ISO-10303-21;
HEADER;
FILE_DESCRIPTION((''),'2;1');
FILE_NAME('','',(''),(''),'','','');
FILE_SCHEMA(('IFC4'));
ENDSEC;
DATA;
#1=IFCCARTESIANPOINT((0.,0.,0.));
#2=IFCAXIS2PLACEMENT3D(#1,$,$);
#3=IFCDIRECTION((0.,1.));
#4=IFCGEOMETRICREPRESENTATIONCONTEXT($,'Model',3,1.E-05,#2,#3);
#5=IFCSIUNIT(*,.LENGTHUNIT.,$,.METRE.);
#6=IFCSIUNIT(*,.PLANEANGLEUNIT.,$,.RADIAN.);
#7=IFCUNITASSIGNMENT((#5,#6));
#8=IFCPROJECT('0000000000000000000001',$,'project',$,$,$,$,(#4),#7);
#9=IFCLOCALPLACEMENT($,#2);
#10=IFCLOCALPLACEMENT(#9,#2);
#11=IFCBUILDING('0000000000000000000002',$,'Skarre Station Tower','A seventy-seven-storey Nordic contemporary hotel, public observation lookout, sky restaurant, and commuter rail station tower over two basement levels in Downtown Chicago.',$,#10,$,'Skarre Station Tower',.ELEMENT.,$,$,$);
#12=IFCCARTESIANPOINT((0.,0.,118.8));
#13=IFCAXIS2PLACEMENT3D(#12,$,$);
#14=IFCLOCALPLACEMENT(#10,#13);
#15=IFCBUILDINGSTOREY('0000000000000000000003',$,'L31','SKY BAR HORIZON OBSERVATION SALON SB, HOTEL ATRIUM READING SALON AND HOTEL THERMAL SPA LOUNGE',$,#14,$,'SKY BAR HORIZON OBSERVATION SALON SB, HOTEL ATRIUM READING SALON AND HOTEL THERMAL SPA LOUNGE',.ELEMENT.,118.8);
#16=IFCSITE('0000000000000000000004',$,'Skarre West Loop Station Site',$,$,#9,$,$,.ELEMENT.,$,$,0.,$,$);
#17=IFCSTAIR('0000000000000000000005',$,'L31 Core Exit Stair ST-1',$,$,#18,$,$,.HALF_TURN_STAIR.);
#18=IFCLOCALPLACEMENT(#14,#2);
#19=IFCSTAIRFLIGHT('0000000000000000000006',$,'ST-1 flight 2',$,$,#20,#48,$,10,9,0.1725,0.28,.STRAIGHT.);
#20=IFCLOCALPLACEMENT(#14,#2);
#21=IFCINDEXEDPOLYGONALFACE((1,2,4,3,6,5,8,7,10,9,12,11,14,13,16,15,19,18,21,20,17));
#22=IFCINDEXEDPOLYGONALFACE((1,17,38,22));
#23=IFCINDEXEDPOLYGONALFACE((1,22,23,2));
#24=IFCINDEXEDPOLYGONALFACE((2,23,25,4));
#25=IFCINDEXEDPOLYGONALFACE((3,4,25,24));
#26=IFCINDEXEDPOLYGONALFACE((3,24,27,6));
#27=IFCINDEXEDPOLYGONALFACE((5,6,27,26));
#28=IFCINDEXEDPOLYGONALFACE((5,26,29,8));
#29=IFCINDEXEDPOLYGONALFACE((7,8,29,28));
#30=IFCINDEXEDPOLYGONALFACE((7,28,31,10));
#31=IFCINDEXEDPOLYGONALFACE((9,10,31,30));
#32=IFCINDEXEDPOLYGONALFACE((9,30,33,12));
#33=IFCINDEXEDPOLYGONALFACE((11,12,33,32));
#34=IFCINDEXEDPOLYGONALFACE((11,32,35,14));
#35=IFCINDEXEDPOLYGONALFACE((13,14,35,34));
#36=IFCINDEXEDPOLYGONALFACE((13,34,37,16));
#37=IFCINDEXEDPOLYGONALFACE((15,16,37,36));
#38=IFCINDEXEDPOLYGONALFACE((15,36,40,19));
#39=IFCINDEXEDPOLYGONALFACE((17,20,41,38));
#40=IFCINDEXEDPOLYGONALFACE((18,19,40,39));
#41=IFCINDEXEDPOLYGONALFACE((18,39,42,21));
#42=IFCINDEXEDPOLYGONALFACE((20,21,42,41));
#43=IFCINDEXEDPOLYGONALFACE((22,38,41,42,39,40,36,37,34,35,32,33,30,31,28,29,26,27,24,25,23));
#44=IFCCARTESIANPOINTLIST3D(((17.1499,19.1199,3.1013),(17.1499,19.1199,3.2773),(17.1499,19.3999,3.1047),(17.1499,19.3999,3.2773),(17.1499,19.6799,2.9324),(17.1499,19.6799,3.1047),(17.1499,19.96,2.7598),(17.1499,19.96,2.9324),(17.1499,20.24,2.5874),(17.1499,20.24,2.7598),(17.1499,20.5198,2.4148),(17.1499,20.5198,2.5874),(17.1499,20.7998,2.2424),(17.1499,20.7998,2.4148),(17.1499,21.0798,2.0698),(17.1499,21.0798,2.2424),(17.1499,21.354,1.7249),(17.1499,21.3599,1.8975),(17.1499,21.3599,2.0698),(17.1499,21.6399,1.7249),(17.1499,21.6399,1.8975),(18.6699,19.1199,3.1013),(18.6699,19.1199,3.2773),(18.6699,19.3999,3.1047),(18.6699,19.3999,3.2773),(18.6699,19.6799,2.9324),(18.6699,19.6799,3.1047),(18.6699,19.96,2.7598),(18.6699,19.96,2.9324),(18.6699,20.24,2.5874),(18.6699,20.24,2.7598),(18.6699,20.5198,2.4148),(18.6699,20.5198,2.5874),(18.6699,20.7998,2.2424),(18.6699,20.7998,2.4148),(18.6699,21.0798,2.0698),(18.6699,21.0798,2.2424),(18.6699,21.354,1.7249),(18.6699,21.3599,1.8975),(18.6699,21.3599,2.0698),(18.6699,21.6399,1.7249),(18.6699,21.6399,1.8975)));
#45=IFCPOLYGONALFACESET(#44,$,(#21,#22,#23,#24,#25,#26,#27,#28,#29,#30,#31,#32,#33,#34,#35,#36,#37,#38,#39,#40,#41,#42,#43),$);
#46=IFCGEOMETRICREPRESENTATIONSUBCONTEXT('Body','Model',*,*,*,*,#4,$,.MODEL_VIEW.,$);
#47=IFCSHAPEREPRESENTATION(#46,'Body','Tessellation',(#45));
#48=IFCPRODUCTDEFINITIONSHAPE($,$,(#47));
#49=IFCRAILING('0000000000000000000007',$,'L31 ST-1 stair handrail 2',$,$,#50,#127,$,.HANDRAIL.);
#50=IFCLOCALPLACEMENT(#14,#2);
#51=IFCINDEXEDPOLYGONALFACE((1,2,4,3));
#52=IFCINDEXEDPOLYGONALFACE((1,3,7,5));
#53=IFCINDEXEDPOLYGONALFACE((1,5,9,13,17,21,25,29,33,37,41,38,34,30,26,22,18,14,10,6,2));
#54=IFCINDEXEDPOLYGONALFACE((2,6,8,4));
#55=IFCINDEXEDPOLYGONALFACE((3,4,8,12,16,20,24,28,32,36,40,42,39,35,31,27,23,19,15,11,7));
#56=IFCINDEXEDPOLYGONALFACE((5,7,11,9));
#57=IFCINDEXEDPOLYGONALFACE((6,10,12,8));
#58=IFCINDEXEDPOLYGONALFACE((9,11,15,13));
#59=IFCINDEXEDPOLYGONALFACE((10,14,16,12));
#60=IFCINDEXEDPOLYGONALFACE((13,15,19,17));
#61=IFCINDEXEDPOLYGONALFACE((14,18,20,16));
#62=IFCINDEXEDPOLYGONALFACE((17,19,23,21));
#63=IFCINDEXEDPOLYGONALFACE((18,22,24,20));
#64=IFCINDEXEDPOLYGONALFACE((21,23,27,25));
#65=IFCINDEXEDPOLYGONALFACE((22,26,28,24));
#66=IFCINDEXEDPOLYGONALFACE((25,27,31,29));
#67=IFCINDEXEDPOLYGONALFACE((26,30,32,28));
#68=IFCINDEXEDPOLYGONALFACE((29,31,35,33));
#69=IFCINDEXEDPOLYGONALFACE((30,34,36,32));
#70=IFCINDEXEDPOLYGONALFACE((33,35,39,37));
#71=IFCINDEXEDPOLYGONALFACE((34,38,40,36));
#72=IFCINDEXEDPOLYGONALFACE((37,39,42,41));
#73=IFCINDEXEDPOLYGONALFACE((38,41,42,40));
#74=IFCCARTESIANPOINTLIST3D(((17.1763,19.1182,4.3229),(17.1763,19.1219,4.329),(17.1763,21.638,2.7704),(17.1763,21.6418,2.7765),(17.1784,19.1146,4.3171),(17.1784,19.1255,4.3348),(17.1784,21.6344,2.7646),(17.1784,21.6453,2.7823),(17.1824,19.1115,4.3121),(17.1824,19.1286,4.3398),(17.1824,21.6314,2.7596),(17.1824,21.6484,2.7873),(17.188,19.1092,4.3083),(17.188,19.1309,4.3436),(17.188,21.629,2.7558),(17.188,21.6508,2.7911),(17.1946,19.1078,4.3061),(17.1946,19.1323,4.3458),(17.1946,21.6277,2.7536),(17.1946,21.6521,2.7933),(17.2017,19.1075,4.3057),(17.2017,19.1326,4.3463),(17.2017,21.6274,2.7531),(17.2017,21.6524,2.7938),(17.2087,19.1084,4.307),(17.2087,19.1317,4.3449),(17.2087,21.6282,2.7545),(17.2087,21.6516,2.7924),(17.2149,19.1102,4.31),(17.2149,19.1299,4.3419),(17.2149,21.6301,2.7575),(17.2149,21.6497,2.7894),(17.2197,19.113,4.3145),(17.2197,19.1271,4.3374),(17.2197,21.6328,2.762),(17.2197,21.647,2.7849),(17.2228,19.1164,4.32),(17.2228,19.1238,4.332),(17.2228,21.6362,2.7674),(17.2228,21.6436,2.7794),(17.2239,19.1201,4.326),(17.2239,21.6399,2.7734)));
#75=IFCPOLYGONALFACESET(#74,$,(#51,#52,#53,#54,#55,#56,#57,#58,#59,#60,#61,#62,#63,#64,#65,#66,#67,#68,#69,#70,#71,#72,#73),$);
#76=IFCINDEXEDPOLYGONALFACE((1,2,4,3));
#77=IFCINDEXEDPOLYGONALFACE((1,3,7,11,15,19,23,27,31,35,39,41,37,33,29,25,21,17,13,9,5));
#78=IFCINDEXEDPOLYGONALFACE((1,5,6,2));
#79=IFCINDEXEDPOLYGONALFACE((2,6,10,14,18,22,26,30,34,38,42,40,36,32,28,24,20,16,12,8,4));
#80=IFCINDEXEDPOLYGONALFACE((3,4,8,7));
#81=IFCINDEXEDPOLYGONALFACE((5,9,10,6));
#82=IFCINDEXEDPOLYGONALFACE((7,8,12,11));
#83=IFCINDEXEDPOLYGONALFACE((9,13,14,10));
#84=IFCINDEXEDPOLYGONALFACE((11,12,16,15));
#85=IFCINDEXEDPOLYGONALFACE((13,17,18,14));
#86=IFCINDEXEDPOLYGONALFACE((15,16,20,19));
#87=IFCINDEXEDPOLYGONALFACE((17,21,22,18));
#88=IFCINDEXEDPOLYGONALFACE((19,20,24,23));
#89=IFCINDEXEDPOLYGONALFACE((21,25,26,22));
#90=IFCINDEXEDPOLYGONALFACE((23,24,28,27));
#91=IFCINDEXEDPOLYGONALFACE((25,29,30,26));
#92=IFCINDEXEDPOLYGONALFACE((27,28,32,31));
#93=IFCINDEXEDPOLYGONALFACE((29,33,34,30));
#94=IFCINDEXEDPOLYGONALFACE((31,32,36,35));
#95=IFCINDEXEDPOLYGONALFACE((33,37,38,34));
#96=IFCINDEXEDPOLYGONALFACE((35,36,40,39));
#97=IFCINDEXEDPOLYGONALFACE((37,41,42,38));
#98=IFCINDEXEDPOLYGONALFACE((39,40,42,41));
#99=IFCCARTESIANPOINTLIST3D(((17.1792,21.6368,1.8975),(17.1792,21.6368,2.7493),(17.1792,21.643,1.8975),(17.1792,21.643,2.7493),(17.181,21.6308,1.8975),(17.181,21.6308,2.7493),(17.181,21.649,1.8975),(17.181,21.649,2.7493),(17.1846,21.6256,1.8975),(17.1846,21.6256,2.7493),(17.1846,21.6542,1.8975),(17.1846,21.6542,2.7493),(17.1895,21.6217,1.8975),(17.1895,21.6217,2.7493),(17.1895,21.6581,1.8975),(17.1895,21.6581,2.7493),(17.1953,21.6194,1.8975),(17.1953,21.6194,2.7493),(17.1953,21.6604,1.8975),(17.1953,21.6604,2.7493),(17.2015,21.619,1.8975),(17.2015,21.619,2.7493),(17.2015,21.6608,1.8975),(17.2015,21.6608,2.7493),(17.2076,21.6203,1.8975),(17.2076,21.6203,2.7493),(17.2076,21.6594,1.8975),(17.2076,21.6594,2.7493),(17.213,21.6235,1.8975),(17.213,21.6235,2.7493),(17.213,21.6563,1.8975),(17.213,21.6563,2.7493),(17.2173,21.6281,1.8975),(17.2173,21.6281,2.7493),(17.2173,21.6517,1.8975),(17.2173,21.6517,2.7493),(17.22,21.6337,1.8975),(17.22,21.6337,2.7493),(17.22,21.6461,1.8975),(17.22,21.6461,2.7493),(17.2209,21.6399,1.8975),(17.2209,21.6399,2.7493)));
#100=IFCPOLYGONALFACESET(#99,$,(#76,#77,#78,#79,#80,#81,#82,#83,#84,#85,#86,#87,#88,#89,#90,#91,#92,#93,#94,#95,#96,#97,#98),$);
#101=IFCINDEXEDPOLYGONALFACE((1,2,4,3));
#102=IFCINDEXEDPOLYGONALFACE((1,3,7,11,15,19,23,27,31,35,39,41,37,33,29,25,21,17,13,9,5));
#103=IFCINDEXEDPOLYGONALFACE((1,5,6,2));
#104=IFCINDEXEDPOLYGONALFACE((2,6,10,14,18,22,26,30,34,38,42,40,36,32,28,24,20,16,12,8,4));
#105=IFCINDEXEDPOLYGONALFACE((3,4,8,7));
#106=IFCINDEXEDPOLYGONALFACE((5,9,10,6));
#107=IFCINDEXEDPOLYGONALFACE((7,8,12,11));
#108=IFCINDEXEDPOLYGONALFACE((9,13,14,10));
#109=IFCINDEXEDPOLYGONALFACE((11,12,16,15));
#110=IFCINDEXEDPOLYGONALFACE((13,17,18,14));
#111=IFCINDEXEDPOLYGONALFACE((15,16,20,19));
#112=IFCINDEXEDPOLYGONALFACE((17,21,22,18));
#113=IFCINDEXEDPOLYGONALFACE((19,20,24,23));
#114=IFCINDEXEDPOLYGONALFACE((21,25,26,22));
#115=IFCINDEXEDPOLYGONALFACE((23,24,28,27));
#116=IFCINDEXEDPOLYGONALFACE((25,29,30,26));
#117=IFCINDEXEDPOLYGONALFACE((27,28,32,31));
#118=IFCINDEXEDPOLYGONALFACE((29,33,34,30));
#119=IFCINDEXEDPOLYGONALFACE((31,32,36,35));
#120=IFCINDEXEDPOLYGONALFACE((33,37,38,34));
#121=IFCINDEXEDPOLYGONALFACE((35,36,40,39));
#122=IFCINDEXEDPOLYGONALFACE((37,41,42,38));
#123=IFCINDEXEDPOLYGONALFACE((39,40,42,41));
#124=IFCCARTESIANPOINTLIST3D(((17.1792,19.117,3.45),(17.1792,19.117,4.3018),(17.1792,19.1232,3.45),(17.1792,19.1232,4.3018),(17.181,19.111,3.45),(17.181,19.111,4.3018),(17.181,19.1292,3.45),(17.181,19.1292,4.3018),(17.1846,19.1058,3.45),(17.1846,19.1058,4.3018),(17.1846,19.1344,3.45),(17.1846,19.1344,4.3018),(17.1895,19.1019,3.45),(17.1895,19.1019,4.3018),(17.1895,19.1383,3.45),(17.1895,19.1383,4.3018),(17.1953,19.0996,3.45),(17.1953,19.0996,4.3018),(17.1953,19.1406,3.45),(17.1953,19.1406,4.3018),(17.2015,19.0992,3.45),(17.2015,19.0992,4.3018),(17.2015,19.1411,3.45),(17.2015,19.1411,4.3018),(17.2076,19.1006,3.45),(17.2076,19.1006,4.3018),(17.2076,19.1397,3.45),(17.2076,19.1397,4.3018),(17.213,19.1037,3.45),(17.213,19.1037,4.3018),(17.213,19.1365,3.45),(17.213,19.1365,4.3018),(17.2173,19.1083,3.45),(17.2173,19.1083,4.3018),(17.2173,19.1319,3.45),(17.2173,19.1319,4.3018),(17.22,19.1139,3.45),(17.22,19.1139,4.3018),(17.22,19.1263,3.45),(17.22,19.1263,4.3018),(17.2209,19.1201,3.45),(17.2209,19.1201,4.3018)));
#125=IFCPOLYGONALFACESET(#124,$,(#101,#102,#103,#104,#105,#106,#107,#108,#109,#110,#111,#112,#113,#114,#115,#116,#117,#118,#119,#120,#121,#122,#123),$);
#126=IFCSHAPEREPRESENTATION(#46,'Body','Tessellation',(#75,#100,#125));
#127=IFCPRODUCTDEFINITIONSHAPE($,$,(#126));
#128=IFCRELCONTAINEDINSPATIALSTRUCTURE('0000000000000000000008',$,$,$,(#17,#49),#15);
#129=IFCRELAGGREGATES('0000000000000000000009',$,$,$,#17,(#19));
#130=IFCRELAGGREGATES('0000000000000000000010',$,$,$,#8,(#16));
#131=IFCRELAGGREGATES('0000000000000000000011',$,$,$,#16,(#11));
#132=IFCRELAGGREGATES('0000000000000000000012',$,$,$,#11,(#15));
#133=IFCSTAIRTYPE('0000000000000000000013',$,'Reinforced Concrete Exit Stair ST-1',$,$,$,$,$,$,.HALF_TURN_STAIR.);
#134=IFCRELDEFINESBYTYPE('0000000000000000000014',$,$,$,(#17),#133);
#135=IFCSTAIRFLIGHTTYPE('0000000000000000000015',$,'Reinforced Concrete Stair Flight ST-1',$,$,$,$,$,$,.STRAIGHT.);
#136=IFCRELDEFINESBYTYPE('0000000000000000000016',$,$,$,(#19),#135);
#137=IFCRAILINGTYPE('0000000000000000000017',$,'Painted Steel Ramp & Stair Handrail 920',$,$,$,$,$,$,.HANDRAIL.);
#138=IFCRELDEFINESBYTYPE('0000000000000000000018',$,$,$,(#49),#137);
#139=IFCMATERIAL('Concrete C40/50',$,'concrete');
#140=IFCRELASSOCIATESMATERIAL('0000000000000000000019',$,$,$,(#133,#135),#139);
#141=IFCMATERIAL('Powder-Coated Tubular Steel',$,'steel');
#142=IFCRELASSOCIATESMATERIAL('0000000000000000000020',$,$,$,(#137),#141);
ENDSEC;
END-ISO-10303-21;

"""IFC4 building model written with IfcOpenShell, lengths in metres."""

from ifc_helpers import new_model, si_unit, direction, frame, origin, origin_2d, place, context, subcontext, project, spatial, polyline, circle, outline, extrude, material, type_object, element, aggregate, save


model = new_model("IFC4")

# Units and contexts
model_context = context("Model", 3, precision=1e-05, world=origin(), true_north=direction((0.0, 1.0)))
body_context = subcontext(model_context, "Body", "Model", "MODEL_VIEW")
ifc_project = project(units=[si_unit("LENGTHUNIT", "METRE"), si_unit("PLANEANGLEUNIT", "RADIAN")], contexts=[model_context])

# Site, building, storey
site_placement = place(None, origin())
site = spatial("IfcSite", under=ifc_project, at=site_placement, Name="Skarre West Loop Station Site", CompositionType="ELEMENT", RefElevation=0.0)
building_placement = place(site_placement, origin())
building = spatial("IfcBuilding", under=site, at=building_placement, Name="Skarre Station Tower", Description="A seventy-seven-storey Nordic contemporary hotel, public observation lookout, sky restaurant, and commuter rail station tower over two basement levels in Downtown Chicago.", LongName="Skarre Station Tower", CompositionType="ELEMENT")
storey_placement = place(building_placement, frame((0.0, 0.0, 118.8)))
storey = spatial("IfcBuildingStorey", under=building, at=storey_placement, Name="L31", Description="SKY BAR HORIZON OBSERVATION SALON SB, HOTEL ATRIUM READING SALON AND HOTEL THERMAL SPA LOUNGE", LongName="SKY BAR HORIZON OBSERVATION SALON SB, HOTEL ATRIUM READING SALON AND HOTEL THERMAL SPA LOUNGE", CompositionType="ELEMENT", Elevation=118.8)

# Stair
ifc_material_1 = material(Name="Concrete C40/50", Category="concrete")
stair_type_1 = type_object("IfcStairType", Name="Reinforced Concrete Exit Stair ST-1", PredefinedType="HALF_TURN_STAIR", material=ifc_material_1)
stair_1_placement = place(storey_placement, origin())
stair_1 = element("IfcStair", 1, at=stair_1_placement, inside=storey, type_object=stair_type_1, Name="L31 Core Exit Stair ST-1", PredefinedType="HALF_TURN_STAIR")

# Stair flight
stair_flight_type = type_object("IfcStairFlightType", Name="Reinforced Concrete Stair Flight ST-1", PredefinedType="STRAIGHT", material=ifc_material_1)
stair_flight_placement = place(storey_placement, frame((17.9099, 21.6399, 1.7249), z_axis=(0.0, 0.0, 1.0), x_axis=(0.0, -1.0, 0.0)))
stair_flight = element("IfcStairFlight", 2, at=stair_flight_placement, type_object=stair_flight_type, Name="ST-1 flight 2", NumberOfRisers=10, NumberOfTreads=9, PredefinedType="STRAIGHT", RiserHeight=0.1725, TreadLength=0.28, context=body_context, shape_type="SweptSolid", body=[
    extrude(outline(polyline([(0.0, 0.0), (0.0, 0.1726), (0.28, 0.1726), (0.28, 0.345), (0.5601, 0.345), (0.5601, 0.5176), (0.8401, 0.5176), (0.8401, 0.6899), (1.1201, 0.6899), (1.1201, 0.8625), (1.3999, 0.8625), (1.3999, 1.0349), (1.6799, 1.0349), (1.6799, 1.2075), (1.96, 1.2075), (1.96, 1.3799), (2.24, 1.3799), (2.24, 1.5525), (2.52, 1.5525), (2.52, 1.7251), (2.52, 1.3765), (0.2859, 0.0), (0.0, 0.0)])), frame((0.0, 0.76, 0.0), z_axis=(0.0, -1.0, 0.0), x_axis=(1.0, 0.0, 0.0)), (0.0, 0.0, 1.0), 1.52),
])
aggregate(stair_1, [stair_flight])

# Railing
ifc_material_2 = material(Name="Powder-Coated Tubular Steel", Category="steel")
railing_type = type_object("IfcRailingType", Name="Painted Steel Ramp & Stair Handrail 920", PredefinedType="HANDRAIL", material=ifc_material_2)
railing_placement = place(storey_placement, frame((17.2, 21.6399, 1.8975)))
element("IfcRailing", 3, at=railing_placement, inside=storey, type_object=railing_type, Name="L31 ST-1 stair handrail 2", PredefinedType="HANDRAIL", context=body_context, shape_type="SweptSolid", body=[
    extrude(circle(Radius=0.0239, at=origin_2d()), frame((0.0, 0.0, 0.876), z_axis=(0.0, -0.851378, 0.524553), x_axis=(1.0, 0.0, 0.0)), (0.0, 0.0, 1.0), 2.9597),
    extrude(circle(Radius=0.021, at=origin_2d()), origin(), (0.0, 0.0, 1.0), 0.8518),
    extrude(circle(Radius=0.021, at=origin_2d()), frame((0.0, -2.5198, 1.5525)), (0.0, 0.0, 1.0), 0.8518),
])

save(model, "model.ifc")
